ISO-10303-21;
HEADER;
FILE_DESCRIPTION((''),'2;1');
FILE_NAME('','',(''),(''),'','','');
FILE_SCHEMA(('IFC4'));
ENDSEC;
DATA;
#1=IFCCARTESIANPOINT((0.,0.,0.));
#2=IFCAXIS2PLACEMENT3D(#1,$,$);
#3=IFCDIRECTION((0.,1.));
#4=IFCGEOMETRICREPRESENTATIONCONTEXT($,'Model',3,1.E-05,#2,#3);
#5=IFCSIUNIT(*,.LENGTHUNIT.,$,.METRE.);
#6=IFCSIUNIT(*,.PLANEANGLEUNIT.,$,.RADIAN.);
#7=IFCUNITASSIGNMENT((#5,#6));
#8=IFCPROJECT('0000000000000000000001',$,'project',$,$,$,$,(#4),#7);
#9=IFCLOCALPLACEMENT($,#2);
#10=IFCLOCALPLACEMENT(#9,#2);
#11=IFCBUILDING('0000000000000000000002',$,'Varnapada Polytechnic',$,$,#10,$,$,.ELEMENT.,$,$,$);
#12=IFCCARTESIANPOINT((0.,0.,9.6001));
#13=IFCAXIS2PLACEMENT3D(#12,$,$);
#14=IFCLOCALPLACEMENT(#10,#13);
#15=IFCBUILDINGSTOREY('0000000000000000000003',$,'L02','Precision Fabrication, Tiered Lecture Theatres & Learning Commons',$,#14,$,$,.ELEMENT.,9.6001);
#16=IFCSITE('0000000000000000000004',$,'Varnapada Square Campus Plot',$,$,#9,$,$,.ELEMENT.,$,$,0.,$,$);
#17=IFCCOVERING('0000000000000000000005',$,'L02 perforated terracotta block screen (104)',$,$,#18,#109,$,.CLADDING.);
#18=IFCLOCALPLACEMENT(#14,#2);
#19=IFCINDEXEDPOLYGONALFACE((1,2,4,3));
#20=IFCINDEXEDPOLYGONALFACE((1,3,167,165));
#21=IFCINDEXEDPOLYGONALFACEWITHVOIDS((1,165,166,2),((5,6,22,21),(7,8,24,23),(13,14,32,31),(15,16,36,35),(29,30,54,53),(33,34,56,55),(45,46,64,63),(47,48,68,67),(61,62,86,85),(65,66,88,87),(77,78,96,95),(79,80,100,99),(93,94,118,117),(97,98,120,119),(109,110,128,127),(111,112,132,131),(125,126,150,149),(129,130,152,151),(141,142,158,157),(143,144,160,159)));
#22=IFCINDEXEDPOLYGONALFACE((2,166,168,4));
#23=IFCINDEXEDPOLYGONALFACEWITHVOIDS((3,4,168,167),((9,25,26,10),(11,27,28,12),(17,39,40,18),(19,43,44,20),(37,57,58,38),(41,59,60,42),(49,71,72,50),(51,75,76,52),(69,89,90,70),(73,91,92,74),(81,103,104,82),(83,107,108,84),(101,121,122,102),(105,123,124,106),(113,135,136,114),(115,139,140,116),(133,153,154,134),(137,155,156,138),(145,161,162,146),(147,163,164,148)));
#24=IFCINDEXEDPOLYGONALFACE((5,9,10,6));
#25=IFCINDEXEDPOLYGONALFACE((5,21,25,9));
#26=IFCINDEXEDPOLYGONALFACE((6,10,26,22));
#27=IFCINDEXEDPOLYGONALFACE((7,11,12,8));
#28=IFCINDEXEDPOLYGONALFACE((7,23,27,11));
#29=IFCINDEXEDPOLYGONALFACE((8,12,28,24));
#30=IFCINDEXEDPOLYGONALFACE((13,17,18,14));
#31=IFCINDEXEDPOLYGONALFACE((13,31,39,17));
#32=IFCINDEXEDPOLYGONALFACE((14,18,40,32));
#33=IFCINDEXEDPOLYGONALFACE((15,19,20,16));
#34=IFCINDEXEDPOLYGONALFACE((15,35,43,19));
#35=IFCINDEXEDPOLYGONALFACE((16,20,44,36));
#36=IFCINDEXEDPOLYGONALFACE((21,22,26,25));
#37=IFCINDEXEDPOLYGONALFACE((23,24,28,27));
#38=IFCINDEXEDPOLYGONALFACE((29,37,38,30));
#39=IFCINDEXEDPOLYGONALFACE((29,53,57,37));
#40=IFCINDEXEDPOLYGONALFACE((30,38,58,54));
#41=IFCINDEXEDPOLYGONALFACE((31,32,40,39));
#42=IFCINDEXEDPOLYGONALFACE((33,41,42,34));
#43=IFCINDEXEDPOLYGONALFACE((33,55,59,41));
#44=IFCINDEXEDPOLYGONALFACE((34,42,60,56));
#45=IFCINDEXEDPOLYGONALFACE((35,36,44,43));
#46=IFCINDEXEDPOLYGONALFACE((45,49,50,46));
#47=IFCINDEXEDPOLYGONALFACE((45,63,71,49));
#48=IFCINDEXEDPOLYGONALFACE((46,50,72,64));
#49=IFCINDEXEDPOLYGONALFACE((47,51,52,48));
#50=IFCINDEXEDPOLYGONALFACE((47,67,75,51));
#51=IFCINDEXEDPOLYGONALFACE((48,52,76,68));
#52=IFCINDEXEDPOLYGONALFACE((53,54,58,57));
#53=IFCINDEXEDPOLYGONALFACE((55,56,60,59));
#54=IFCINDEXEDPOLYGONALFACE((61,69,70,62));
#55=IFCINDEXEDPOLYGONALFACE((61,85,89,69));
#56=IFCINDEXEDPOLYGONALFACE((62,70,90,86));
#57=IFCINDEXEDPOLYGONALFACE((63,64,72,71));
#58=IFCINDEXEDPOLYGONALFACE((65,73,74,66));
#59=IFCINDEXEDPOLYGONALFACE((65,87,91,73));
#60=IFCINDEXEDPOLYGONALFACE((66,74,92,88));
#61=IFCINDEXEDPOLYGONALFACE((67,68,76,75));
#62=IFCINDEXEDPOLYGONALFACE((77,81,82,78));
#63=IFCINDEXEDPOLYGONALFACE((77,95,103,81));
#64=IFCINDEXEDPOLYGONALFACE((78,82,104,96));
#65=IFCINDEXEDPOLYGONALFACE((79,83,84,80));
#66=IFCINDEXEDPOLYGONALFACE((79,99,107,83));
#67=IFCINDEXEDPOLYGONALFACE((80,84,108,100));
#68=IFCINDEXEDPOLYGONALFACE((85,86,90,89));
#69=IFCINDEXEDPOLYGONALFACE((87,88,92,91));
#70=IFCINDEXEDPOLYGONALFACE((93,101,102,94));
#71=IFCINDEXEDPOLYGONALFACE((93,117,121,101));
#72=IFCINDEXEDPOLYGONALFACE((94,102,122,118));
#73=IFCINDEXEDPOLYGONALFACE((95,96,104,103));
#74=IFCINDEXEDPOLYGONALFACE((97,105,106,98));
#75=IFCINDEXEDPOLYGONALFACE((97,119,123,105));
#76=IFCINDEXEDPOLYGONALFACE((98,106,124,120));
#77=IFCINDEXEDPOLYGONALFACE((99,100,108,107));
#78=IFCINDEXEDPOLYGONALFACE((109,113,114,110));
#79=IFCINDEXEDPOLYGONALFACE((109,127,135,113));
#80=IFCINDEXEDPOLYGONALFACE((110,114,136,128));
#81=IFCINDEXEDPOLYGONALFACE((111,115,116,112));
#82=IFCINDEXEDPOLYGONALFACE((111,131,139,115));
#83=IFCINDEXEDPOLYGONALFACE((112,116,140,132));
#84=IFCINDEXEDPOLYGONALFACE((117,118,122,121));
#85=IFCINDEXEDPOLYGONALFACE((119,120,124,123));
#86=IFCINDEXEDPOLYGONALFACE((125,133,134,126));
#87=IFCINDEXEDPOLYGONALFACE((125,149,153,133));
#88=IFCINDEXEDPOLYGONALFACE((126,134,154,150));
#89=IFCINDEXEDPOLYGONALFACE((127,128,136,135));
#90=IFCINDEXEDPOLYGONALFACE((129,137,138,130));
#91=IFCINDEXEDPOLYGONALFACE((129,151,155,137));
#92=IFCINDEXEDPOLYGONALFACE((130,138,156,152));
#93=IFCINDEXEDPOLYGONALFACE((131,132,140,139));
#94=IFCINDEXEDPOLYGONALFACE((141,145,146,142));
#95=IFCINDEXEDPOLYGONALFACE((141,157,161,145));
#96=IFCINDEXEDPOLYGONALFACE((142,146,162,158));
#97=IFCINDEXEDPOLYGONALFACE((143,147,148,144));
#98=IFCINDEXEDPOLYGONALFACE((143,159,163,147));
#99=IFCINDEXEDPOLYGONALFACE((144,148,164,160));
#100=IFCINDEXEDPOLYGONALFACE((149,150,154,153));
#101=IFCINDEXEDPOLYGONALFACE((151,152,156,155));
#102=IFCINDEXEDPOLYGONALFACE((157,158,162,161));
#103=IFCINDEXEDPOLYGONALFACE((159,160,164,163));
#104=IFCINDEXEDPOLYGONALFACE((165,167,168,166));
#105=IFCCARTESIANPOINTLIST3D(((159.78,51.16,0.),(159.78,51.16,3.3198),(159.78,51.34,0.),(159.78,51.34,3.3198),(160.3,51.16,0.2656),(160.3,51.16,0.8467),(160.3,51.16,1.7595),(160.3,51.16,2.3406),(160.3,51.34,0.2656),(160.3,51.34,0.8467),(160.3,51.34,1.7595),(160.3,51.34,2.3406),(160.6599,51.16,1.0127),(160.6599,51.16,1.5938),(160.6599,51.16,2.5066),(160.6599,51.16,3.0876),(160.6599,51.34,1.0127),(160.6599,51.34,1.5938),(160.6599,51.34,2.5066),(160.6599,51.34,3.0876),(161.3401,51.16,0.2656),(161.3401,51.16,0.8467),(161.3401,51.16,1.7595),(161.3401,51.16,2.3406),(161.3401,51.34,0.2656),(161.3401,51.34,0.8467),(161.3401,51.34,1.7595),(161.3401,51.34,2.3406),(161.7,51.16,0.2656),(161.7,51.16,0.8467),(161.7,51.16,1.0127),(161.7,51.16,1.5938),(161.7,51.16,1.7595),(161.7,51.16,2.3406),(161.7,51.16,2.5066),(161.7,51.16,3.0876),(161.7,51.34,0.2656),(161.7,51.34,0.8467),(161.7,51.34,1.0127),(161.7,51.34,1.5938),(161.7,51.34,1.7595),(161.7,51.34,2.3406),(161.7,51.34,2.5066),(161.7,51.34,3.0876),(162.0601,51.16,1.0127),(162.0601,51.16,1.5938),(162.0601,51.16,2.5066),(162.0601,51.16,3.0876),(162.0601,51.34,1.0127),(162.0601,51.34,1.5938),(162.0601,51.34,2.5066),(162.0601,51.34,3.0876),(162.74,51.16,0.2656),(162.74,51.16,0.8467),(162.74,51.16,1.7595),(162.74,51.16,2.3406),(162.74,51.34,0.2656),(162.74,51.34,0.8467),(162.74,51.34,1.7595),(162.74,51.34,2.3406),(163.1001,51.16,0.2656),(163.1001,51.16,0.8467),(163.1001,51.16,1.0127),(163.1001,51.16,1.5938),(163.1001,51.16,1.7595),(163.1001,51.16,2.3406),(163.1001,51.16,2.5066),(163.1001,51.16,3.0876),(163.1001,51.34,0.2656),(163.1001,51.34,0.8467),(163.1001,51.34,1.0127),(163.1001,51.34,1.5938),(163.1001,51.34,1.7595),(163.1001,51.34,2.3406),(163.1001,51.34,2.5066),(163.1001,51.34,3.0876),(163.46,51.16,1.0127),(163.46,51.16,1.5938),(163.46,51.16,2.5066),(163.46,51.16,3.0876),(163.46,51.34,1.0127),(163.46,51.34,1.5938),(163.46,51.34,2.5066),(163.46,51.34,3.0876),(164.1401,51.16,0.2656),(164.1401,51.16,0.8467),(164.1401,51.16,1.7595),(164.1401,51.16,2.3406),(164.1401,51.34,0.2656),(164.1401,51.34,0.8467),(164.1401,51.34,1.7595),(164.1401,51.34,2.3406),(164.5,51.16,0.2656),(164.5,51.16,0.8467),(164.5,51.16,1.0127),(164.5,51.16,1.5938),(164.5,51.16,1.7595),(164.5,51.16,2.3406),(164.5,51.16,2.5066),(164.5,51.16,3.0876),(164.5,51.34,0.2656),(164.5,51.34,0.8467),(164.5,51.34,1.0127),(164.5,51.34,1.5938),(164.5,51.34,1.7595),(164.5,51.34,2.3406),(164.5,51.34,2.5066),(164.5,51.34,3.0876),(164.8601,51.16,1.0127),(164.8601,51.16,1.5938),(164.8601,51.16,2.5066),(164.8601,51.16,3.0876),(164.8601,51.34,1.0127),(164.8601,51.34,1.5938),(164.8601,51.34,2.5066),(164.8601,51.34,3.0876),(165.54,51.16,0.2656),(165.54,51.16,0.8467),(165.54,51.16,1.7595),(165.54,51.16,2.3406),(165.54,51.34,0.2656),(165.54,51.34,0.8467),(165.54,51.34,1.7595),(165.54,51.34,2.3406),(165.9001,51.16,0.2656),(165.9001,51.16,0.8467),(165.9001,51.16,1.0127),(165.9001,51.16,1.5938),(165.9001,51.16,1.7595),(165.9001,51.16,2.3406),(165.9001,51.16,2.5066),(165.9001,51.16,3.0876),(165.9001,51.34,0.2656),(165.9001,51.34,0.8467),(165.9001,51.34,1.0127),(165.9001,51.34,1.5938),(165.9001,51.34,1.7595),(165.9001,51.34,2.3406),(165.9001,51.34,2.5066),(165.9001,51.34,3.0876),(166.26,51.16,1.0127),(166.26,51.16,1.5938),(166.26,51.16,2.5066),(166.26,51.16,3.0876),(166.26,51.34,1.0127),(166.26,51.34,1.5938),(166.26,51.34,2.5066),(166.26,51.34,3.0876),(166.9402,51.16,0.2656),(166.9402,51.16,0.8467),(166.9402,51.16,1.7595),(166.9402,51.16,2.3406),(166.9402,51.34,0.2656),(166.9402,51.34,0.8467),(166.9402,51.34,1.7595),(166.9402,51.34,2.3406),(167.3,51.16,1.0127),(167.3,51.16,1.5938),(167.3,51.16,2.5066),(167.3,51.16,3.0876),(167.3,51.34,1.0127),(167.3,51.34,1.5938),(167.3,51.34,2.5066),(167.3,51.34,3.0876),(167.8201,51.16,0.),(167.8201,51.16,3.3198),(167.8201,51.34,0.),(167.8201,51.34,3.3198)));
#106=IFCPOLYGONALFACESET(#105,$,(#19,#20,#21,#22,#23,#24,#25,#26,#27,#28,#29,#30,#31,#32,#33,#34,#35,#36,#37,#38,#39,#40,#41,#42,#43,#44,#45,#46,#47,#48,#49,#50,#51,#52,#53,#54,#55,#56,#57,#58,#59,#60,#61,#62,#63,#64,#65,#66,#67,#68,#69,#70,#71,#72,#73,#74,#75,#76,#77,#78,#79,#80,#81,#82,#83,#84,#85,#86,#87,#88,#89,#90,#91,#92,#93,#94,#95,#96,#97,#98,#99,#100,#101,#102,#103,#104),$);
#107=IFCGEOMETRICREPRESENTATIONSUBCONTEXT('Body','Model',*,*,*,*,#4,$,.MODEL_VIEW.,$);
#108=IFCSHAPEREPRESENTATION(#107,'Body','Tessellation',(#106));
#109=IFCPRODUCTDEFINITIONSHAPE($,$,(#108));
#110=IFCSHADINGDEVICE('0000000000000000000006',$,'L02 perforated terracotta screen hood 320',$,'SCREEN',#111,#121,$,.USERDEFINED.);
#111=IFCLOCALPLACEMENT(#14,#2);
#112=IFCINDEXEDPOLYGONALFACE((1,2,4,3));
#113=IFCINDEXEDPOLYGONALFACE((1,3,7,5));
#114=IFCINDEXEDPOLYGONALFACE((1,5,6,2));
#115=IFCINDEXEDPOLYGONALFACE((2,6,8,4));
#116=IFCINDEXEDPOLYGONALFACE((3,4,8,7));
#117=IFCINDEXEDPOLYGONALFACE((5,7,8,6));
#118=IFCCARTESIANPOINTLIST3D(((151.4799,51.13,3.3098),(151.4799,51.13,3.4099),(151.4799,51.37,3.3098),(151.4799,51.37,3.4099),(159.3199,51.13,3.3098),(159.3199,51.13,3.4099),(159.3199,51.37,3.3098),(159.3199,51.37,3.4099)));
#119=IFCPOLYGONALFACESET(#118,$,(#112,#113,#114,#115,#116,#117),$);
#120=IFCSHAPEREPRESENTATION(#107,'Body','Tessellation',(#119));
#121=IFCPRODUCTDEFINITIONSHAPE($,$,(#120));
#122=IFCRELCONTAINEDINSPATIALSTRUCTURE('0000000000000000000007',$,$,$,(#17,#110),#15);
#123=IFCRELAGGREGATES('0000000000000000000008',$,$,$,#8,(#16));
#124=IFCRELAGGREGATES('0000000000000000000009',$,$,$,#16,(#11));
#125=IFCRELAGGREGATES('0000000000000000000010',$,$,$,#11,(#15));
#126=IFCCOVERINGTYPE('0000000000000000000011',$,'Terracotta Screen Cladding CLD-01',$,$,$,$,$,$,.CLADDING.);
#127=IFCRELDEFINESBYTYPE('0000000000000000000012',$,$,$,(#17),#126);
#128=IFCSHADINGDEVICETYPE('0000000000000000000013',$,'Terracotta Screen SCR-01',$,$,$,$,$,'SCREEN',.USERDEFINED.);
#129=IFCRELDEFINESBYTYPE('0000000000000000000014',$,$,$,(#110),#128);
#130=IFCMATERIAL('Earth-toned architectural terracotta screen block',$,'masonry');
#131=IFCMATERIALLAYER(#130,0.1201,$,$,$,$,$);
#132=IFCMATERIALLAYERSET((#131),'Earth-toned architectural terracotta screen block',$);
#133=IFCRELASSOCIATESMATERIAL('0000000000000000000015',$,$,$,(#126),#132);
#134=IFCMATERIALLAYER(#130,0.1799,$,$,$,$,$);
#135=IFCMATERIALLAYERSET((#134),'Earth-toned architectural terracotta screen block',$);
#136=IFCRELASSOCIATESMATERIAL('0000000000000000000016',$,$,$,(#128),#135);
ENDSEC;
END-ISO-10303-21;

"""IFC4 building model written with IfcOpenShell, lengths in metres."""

from ifc_helpers import new_model, si_unit, direction, frame, frame_2d, origin, origin_2d, place, context, subcontext, project, spatial, rectangle, extrude, material, layer, layer_set, type_object, element, save


model = new_model("IFC4")

# Units and contexts
model_context = context("Model", 3, precision=1e-05, world=origin(), true_north=direction((0.0, 1.0)))
body_context = subcontext(model_context, "Body", "Model", "MODEL_VIEW")
ifc_project = project(units=[si_unit("LENGTHUNIT", "METRE"), si_unit("PLANEANGLEUNIT", "RADIAN")], contexts=[model_context])

# Site, building, storey
site_placement = place(None, origin())
site = spatial("IfcSite", under=ifc_project, at=site_placement, Name="Varnapada Square Campus Plot", CompositionType="ELEMENT", RefElevation=0.0)
building_placement = place(site_placement, origin())
building = spatial("IfcBuilding", under=site, at=building_placement, Name="Varnapada Polytechnic", CompositionType="ELEMENT")
storey_placement = place(building_placement, frame((0.0, 0.0, 9.6001)))
storey = spatial("IfcBuildingStorey", under=building, at=storey_placement, Name="L02", Description="Precision Fabrication, Tiered Lecture Theatres & Learning Commons", CompositionType="ELEMENT", Elevation=9.6001)

# Covering, openings
ifc_material_1 = material(Name="Earth-toned architectural terracotta screen block", Category="masonry")
ifc_layer_1 = layer(ifc_material_1, 0.1201)
ifc_layer_set_1 = layer_set([ifc_layer_1], Name="Earth-toned architectural terracotta screen block")
covering_type = type_object("IfcCoveringType", Name="Terracotta Screen Cladding CLD-01", PredefinedType="CLADDING", material=ifc_layer_set_1)
covering_placement = place(storey_placement, frame((159.78, 51.25, 0.0), z_axis=(0.0, 0.0, 1.0), x_axis=(1.0, 0.0, 0.0)))
covering = element("IfcCovering", 1, at=covering_placement, inside=storey, type_object=covering_type, Name="L02 perforated terracotta block screen (104)", PredefinedType="CLADDING", context=body_context, shape_type="SweptSolid", body=[
    extrude(rectangle(XDim=8.04, YDim=0.1799, at=frame_2d((4.02, 0.0))), origin(), (0.0, 0.0, 1.0), 3.3198),
])
opening_1_placement = place(covering_placement, frame((0.52, 0.0, 0.2656)))
element("IfcOpeningElement", 2, at=opening_1_placement, cuts=covering, PredefinedType="OPENING", context=body_context, shape_type="SweptSolid", body=[
    extrude(rectangle(XDim=1.04, YDim=0.5811, at=frame_2d((0.52, 0.2905))), frame((0.0, 0.0999, 0.0), z_axis=(0.0, -1.0, 0.0), x_axis=(1.0, 0.0, 0.0)), (0.0, 0.0, 1.0), 0.2),
])
opening_2_placement = place(covering_placement, frame((1.9199, 0.0, 0.2656)))
element("IfcOpeningElement", 3, at=opening_2_placement, cuts=covering, PredefinedType="OPENING", context=body_context, shape_type="SweptSolid", body=[
    extrude(rectangle(XDim=1.04, YDim=0.5811, at=frame_2d((0.52, 0.2905))), frame((0.0, 0.0999, 0.0), z_axis=(0.0, -1.0, 0.0), x_axis=(1.0, 0.0, 0.0)), (0.0, 0.0, 1.0), 0.2),
])
opening_3_placement = place(covering_placement, frame((3.3201, 0.0, 0.2656)))
element("IfcOpeningElement", 4, at=opening_3_placement, cuts=covering, PredefinedType="OPENING", context=body_context, shape_type="SweptSolid", body=[
    extrude(rectangle(XDim=1.04, YDim=0.5811, at=frame_2d((0.52, 0.2905))), frame((0.0, 0.0999, 0.0), z_axis=(0.0, -1.0, 0.0), x_axis=(1.0, 0.0, 0.0)), (0.0, 0.0, 1.0), 0.2),
])
opening_4_placement = place(covering_placement, frame((4.72, 0.0, 0.2656)))
element("IfcOpeningElement", 5, at=opening_4_placement, cuts=covering, PredefinedType="OPENING", context=body_context, shape_type="SweptSolid", body=[
    extrude(rectangle(XDim=1.04, YDim=0.5811, at=frame_2d((0.52, 0.2905))), frame((0.0, 0.0999, 0.0), z_axis=(0.0, -1.0, 0.0), x_axis=(1.0, 0.0, 0.0)), (0.0, 0.0, 1.0), 0.2),
])
opening_5_placement = place(covering_placement, frame((6.1201, 0.0, 0.2656)))
element("IfcOpeningElement", 6, at=opening_5_placement, cuts=covering, PredefinedType="OPENING", context=body_context, shape_type="SweptSolid", body=[
    extrude(rectangle(XDim=1.04, YDim=0.5811, at=frame_2d((0.52, 0.2905))), frame((0.0, 0.0999, 0.0), z_axis=(0.0, -1.0, 0.0), x_axis=(1.0, 0.0, 0.0)), (0.0, 0.0, 1.0), 0.2),
])
opening_6_placement = place(covering_placement, frame((0.8799, 0.0, 1.0127)))
element("IfcOpeningElement", 7, at=opening_6_placement, cuts=covering, PredefinedType="OPENING", context=body_context, shape_type="SweptSolid", body=[
    extrude(rectangle(XDim=1.04, YDim=0.5811, at=frame_2d((0.52, 0.2905))), frame((0.0, 0.0999, 0.0), z_axis=(0.0, -1.0, 0.0), x_axis=(1.0, 0.0, 0.0)), (0.0, 0.0, 1.0), 0.2),
])
opening_7_placement = place(covering_placement, frame((2.28, 0.0, 1.0127)))
element("IfcOpeningElement", 8, at=opening_7_placement, cuts=covering, PredefinedType="OPENING", context=body_context, shape_type="SweptSolid", body=[
    extrude(rectangle(XDim=1.04, YDim=0.5811, at=frame_2d((0.52, 0.2905))), frame((0.0, 0.0999, 0.0), z_axis=(0.0, -1.0, 0.0), x_axis=(1.0, 0.0, 0.0)), (0.0, 0.0, 1.0), 0.2),
])
opening_8_placement = place(covering_placement, frame((3.6799, 0.0, 1.0127)))
element("IfcOpeningElement", 9, at=opening_8_placement, cuts=covering, PredefinedType="OPENING", context=body_context, shape_type="SweptSolid", body=[
    extrude(rectangle(XDim=1.04, YDim=0.5811, at=frame_2d((0.52, 0.2905))), frame((0.0, 0.0999, 0.0), z_axis=(0.0, -1.0, 0.0), x_axis=(1.0, 0.0, 0.0)), (0.0, 0.0, 1.0), 0.2),
])
opening_9_placement = place(covering_placement, frame((5.0801, 0.0, 1.0127)))
element("IfcOpeningElement", 10, at=opening_9_placement, cuts=covering, PredefinedType="OPENING", context=body_context, shape_type="SweptSolid", body=[
    extrude(rectangle(XDim=1.04, YDim=0.5811, at=frame_2d((0.52, 0.2905))), frame((0.0, 0.0999, 0.0), z_axis=(0.0, -1.0, 0.0), x_axis=(1.0, 0.0, 0.0)), (0.0, 0.0, 1.0), 0.2),
])
opening_10_placement = place(covering_placement, frame((6.48, 0.0, 1.0127)))
element("IfcOpeningElement", 11, at=opening_10_placement, cuts=covering, PredefinedType="OPENING", context=body_context, shape_type="SweptSolid", body=[
    extrude(rectangle(XDim=1.04, YDim=0.5811, at=frame_2d((0.52, 0.2905))), frame((0.0, 0.0999, 0.0), z_axis=(0.0, -1.0, 0.0), x_axis=(1.0, 0.0, 0.0)), (0.0, 0.0, 1.0), 0.2),
])
opening_11_placement = place(covering_placement, frame((0.52, 0.0, 1.7595)))
element("IfcOpeningElement", 12, at=opening_11_placement, cuts=covering, PredefinedType="OPENING", context=body_context, shape_type="SweptSolid", body=[
    extrude(rectangle(XDim=1.04, YDim=0.5811, at=frame_2d((0.52, 0.2905))), frame((0.0, 0.0999, 0.0), z_axis=(0.0, -1.0, 0.0), x_axis=(1.0, 0.0, 0.0)), (0.0, 0.0, 1.0), 0.2),
])
opening_12_placement = place(covering_placement, frame((1.9199, 0.0, 1.7595)))
element("IfcOpeningElement", 13, at=opening_12_placement, cuts=covering, PredefinedType="OPENING", context=body_context, shape_type="SweptSolid", body=[
    extrude(rectangle(XDim=1.04, YDim=0.5811, at=frame_2d((0.52, 0.2905))), frame((0.0, 0.0999, 0.0), z_axis=(0.0, -1.0, 0.0), x_axis=(1.0, 0.0, 0.0)), (0.0, 0.0, 1.0), 0.2),
])
opening_13_placement = place(covering_placement, frame((3.3201, 0.0, 1.7595)))
element("IfcOpeningElement", 14, at=opening_13_placement, cuts=covering, PredefinedType="OPENING", context=body_context, shape_type="SweptSolid", body=[
    extrude(rectangle(XDim=1.04, YDim=0.5811, at=frame_2d((0.52, 0.2905))), frame((0.0, 0.0999, 0.0), z_axis=(0.0, -1.0, 0.0), x_axis=(1.0, 0.0, 0.0)), (0.0, 0.0, 1.0), 0.2),
])
opening_14_placement = place(covering_placement, frame((4.72, 0.0, 1.7595)))
element("IfcOpeningElement", 15, at=opening_14_placement, cuts=covering, PredefinedType="OPENING", context=body_context, shape_type="SweptSolid", body=[
    extrude(rectangle(XDim=1.04, YDim=0.5811, at=frame_2d((0.52, 0.2905))), frame((0.0, 0.0999, 0.0), z_axis=(0.0, -1.0, 0.0), x_axis=(1.0, 0.0, 0.0)), (0.0, 0.0, 1.0), 0.2),
])
opening_15_placement = place(covering_placement, frame((6.1201, 0.0, 1.7595)))
element("IfcOpeningElement", 16, at=opening_15_placement, cuts=covering, PredefinedType="OPENING", context=body_context, shape_type="SweptSolid", body=[
    extrude(rectangle(XDim=1.04, YDim=0.5811, at=frame_2d((0.52, 0.2905))), frame((0.0, 0.0999, 0.0), z_axis=(0.0, -1.0, 0.0), x_axis=(1.0, 0.0, 0.0)), (0.0, 0.0, 1.0), 0.2),
])
opening_16_placement = place(covering_placement, frame((0.8799, 0.0, 2.5066)))
element("IfcOpeningElement", 17, at=opening_16_placement, cuts=covering, PredefinedType="OPENING", context=body_context, shape_type="SweptSolid", body=[
    extrude(rectangle(XDim=1.04, YDim=0.5811, at=frame_2d((0.52, 0.2905))), frame((0.0, 0.0999, 0.0), z_axis=(0.0, -1.0, 0.0), x_axis=(1.0, 0.0, 0.0)), (0.0, 0.0, 1.0), 0.2),
])
opening_17_placement = place(covering_placement, frame((2.28, 0.0, 2.5066)))
element("IfcOpeningElement", 18, at=opening_17_placement, cuts=covering, PredefinedType="OPENING", context=body_context, shape_type="SweptSolid", body=[
    extrude(rectangle(XDim=1.04, YDim=0.5811, at=frame_2d((0.52, 0.2905))), frame((0.0, 0.0999, 0.0), z_axis=(0.0, -1.0, 0.0), x_axis=(1.0, 0.0, 0.0)), (0.0, 0.0, 1.0), 0.2),
])
opening_18_placement = place(covering_placement, frame((3.6799, 0.0, 2.5066)))
element("IfcOpeningElement", 19, at=opening_18_placement, cuts=covering, PredefinedType="OPENING", context=body_context, shape_type="SweptSolid", body=[
    extrude(rectangle(XDim=1.04, YDim=0.5811, at=frame_2d((0.52, 0.2905))), frame((0.0, 0.0999, 0.0), z_axis=(0.0, -1.0, 0.0), x_axis=(1.0, 0.0, 0.0)), (0.0, 0.0, 1.0), 0.2),
])
opening_19_placement = place(covering_placement, frame((5.0801, 0.0, 2.5066)))
element("IfcOpeningElement", 20, at=opening_19_placement, cuts=covering, PredefinedType="OPENING", context=body_context, shape_type="SweptSolid", body=[
    extrude(rectangle(XDim=1.04, YDim=0.5811, at=frame_2d((0.52, 0.2905))), frame((0.0, 0.0999, 0.0), z_axis=(0.0, -1.0, 0.0), x_axis=(1.0, 0.0, 0.0)), (0.0, 0.0, 1.0), 0.2),
])
opening_20_placement = place(covering_placement, frame((6.48, 0.0, 2.5066)))
element("IfcOpeningElement", 21, at=opening_20_placement, cuts=covering, PredefinedType="OPENING", context=body_context, shape_type="SweptSolid", body=[
    extrude(rectangle(XDim=1.04, YDim=0.5811, at=frame_2d((0.52, 0.2905))), frame((0.0, 0.0999, 0.0), z_axis=(0.0, -1.0, 0.0), x_axis=(1.0, 0.0, 0.0)), (0.0, 0.0, 1.0), 0.2),
])

# Shading device
ifc_layer_2 = layer(ifc_material_1, 0.1799)
ifc_layer_set_2 = layer_set([ifc_layer_2], Name="Earth-toned architectural terracotta screen block")
shading_device_type = type_object("IfcShadingDeviceType", Name="Terracotta Screen SCR-01", ElementType="SCREEN", PredefinedType="USERDEFINED", material=ifc_layer_set_2)
shading_device_placement = place(storey_placement, frame((155.3999, 51.25, 3.3098), z_axis=(0.0, 0.0, 1.0), x_axis=(1.0, 0.0, 0.0)))
element("IfcShadingDevice", 22, at=shading_device_placement, inside=storey, type_object=shading_device_type, Name="L02 perforated terracotta screen hood 320", ObjectType="SCREEN", PredefinedType="USERDEFINED", context=body_context, shape_type="SweptSolid", body=[
    extrude(rectangle(XDim=7.8401, YDim=0.24, at=origin_2d()), origin(), (0.0, 0.0, 1.0), 0.1001),
])

save(model, "model.ifc")
